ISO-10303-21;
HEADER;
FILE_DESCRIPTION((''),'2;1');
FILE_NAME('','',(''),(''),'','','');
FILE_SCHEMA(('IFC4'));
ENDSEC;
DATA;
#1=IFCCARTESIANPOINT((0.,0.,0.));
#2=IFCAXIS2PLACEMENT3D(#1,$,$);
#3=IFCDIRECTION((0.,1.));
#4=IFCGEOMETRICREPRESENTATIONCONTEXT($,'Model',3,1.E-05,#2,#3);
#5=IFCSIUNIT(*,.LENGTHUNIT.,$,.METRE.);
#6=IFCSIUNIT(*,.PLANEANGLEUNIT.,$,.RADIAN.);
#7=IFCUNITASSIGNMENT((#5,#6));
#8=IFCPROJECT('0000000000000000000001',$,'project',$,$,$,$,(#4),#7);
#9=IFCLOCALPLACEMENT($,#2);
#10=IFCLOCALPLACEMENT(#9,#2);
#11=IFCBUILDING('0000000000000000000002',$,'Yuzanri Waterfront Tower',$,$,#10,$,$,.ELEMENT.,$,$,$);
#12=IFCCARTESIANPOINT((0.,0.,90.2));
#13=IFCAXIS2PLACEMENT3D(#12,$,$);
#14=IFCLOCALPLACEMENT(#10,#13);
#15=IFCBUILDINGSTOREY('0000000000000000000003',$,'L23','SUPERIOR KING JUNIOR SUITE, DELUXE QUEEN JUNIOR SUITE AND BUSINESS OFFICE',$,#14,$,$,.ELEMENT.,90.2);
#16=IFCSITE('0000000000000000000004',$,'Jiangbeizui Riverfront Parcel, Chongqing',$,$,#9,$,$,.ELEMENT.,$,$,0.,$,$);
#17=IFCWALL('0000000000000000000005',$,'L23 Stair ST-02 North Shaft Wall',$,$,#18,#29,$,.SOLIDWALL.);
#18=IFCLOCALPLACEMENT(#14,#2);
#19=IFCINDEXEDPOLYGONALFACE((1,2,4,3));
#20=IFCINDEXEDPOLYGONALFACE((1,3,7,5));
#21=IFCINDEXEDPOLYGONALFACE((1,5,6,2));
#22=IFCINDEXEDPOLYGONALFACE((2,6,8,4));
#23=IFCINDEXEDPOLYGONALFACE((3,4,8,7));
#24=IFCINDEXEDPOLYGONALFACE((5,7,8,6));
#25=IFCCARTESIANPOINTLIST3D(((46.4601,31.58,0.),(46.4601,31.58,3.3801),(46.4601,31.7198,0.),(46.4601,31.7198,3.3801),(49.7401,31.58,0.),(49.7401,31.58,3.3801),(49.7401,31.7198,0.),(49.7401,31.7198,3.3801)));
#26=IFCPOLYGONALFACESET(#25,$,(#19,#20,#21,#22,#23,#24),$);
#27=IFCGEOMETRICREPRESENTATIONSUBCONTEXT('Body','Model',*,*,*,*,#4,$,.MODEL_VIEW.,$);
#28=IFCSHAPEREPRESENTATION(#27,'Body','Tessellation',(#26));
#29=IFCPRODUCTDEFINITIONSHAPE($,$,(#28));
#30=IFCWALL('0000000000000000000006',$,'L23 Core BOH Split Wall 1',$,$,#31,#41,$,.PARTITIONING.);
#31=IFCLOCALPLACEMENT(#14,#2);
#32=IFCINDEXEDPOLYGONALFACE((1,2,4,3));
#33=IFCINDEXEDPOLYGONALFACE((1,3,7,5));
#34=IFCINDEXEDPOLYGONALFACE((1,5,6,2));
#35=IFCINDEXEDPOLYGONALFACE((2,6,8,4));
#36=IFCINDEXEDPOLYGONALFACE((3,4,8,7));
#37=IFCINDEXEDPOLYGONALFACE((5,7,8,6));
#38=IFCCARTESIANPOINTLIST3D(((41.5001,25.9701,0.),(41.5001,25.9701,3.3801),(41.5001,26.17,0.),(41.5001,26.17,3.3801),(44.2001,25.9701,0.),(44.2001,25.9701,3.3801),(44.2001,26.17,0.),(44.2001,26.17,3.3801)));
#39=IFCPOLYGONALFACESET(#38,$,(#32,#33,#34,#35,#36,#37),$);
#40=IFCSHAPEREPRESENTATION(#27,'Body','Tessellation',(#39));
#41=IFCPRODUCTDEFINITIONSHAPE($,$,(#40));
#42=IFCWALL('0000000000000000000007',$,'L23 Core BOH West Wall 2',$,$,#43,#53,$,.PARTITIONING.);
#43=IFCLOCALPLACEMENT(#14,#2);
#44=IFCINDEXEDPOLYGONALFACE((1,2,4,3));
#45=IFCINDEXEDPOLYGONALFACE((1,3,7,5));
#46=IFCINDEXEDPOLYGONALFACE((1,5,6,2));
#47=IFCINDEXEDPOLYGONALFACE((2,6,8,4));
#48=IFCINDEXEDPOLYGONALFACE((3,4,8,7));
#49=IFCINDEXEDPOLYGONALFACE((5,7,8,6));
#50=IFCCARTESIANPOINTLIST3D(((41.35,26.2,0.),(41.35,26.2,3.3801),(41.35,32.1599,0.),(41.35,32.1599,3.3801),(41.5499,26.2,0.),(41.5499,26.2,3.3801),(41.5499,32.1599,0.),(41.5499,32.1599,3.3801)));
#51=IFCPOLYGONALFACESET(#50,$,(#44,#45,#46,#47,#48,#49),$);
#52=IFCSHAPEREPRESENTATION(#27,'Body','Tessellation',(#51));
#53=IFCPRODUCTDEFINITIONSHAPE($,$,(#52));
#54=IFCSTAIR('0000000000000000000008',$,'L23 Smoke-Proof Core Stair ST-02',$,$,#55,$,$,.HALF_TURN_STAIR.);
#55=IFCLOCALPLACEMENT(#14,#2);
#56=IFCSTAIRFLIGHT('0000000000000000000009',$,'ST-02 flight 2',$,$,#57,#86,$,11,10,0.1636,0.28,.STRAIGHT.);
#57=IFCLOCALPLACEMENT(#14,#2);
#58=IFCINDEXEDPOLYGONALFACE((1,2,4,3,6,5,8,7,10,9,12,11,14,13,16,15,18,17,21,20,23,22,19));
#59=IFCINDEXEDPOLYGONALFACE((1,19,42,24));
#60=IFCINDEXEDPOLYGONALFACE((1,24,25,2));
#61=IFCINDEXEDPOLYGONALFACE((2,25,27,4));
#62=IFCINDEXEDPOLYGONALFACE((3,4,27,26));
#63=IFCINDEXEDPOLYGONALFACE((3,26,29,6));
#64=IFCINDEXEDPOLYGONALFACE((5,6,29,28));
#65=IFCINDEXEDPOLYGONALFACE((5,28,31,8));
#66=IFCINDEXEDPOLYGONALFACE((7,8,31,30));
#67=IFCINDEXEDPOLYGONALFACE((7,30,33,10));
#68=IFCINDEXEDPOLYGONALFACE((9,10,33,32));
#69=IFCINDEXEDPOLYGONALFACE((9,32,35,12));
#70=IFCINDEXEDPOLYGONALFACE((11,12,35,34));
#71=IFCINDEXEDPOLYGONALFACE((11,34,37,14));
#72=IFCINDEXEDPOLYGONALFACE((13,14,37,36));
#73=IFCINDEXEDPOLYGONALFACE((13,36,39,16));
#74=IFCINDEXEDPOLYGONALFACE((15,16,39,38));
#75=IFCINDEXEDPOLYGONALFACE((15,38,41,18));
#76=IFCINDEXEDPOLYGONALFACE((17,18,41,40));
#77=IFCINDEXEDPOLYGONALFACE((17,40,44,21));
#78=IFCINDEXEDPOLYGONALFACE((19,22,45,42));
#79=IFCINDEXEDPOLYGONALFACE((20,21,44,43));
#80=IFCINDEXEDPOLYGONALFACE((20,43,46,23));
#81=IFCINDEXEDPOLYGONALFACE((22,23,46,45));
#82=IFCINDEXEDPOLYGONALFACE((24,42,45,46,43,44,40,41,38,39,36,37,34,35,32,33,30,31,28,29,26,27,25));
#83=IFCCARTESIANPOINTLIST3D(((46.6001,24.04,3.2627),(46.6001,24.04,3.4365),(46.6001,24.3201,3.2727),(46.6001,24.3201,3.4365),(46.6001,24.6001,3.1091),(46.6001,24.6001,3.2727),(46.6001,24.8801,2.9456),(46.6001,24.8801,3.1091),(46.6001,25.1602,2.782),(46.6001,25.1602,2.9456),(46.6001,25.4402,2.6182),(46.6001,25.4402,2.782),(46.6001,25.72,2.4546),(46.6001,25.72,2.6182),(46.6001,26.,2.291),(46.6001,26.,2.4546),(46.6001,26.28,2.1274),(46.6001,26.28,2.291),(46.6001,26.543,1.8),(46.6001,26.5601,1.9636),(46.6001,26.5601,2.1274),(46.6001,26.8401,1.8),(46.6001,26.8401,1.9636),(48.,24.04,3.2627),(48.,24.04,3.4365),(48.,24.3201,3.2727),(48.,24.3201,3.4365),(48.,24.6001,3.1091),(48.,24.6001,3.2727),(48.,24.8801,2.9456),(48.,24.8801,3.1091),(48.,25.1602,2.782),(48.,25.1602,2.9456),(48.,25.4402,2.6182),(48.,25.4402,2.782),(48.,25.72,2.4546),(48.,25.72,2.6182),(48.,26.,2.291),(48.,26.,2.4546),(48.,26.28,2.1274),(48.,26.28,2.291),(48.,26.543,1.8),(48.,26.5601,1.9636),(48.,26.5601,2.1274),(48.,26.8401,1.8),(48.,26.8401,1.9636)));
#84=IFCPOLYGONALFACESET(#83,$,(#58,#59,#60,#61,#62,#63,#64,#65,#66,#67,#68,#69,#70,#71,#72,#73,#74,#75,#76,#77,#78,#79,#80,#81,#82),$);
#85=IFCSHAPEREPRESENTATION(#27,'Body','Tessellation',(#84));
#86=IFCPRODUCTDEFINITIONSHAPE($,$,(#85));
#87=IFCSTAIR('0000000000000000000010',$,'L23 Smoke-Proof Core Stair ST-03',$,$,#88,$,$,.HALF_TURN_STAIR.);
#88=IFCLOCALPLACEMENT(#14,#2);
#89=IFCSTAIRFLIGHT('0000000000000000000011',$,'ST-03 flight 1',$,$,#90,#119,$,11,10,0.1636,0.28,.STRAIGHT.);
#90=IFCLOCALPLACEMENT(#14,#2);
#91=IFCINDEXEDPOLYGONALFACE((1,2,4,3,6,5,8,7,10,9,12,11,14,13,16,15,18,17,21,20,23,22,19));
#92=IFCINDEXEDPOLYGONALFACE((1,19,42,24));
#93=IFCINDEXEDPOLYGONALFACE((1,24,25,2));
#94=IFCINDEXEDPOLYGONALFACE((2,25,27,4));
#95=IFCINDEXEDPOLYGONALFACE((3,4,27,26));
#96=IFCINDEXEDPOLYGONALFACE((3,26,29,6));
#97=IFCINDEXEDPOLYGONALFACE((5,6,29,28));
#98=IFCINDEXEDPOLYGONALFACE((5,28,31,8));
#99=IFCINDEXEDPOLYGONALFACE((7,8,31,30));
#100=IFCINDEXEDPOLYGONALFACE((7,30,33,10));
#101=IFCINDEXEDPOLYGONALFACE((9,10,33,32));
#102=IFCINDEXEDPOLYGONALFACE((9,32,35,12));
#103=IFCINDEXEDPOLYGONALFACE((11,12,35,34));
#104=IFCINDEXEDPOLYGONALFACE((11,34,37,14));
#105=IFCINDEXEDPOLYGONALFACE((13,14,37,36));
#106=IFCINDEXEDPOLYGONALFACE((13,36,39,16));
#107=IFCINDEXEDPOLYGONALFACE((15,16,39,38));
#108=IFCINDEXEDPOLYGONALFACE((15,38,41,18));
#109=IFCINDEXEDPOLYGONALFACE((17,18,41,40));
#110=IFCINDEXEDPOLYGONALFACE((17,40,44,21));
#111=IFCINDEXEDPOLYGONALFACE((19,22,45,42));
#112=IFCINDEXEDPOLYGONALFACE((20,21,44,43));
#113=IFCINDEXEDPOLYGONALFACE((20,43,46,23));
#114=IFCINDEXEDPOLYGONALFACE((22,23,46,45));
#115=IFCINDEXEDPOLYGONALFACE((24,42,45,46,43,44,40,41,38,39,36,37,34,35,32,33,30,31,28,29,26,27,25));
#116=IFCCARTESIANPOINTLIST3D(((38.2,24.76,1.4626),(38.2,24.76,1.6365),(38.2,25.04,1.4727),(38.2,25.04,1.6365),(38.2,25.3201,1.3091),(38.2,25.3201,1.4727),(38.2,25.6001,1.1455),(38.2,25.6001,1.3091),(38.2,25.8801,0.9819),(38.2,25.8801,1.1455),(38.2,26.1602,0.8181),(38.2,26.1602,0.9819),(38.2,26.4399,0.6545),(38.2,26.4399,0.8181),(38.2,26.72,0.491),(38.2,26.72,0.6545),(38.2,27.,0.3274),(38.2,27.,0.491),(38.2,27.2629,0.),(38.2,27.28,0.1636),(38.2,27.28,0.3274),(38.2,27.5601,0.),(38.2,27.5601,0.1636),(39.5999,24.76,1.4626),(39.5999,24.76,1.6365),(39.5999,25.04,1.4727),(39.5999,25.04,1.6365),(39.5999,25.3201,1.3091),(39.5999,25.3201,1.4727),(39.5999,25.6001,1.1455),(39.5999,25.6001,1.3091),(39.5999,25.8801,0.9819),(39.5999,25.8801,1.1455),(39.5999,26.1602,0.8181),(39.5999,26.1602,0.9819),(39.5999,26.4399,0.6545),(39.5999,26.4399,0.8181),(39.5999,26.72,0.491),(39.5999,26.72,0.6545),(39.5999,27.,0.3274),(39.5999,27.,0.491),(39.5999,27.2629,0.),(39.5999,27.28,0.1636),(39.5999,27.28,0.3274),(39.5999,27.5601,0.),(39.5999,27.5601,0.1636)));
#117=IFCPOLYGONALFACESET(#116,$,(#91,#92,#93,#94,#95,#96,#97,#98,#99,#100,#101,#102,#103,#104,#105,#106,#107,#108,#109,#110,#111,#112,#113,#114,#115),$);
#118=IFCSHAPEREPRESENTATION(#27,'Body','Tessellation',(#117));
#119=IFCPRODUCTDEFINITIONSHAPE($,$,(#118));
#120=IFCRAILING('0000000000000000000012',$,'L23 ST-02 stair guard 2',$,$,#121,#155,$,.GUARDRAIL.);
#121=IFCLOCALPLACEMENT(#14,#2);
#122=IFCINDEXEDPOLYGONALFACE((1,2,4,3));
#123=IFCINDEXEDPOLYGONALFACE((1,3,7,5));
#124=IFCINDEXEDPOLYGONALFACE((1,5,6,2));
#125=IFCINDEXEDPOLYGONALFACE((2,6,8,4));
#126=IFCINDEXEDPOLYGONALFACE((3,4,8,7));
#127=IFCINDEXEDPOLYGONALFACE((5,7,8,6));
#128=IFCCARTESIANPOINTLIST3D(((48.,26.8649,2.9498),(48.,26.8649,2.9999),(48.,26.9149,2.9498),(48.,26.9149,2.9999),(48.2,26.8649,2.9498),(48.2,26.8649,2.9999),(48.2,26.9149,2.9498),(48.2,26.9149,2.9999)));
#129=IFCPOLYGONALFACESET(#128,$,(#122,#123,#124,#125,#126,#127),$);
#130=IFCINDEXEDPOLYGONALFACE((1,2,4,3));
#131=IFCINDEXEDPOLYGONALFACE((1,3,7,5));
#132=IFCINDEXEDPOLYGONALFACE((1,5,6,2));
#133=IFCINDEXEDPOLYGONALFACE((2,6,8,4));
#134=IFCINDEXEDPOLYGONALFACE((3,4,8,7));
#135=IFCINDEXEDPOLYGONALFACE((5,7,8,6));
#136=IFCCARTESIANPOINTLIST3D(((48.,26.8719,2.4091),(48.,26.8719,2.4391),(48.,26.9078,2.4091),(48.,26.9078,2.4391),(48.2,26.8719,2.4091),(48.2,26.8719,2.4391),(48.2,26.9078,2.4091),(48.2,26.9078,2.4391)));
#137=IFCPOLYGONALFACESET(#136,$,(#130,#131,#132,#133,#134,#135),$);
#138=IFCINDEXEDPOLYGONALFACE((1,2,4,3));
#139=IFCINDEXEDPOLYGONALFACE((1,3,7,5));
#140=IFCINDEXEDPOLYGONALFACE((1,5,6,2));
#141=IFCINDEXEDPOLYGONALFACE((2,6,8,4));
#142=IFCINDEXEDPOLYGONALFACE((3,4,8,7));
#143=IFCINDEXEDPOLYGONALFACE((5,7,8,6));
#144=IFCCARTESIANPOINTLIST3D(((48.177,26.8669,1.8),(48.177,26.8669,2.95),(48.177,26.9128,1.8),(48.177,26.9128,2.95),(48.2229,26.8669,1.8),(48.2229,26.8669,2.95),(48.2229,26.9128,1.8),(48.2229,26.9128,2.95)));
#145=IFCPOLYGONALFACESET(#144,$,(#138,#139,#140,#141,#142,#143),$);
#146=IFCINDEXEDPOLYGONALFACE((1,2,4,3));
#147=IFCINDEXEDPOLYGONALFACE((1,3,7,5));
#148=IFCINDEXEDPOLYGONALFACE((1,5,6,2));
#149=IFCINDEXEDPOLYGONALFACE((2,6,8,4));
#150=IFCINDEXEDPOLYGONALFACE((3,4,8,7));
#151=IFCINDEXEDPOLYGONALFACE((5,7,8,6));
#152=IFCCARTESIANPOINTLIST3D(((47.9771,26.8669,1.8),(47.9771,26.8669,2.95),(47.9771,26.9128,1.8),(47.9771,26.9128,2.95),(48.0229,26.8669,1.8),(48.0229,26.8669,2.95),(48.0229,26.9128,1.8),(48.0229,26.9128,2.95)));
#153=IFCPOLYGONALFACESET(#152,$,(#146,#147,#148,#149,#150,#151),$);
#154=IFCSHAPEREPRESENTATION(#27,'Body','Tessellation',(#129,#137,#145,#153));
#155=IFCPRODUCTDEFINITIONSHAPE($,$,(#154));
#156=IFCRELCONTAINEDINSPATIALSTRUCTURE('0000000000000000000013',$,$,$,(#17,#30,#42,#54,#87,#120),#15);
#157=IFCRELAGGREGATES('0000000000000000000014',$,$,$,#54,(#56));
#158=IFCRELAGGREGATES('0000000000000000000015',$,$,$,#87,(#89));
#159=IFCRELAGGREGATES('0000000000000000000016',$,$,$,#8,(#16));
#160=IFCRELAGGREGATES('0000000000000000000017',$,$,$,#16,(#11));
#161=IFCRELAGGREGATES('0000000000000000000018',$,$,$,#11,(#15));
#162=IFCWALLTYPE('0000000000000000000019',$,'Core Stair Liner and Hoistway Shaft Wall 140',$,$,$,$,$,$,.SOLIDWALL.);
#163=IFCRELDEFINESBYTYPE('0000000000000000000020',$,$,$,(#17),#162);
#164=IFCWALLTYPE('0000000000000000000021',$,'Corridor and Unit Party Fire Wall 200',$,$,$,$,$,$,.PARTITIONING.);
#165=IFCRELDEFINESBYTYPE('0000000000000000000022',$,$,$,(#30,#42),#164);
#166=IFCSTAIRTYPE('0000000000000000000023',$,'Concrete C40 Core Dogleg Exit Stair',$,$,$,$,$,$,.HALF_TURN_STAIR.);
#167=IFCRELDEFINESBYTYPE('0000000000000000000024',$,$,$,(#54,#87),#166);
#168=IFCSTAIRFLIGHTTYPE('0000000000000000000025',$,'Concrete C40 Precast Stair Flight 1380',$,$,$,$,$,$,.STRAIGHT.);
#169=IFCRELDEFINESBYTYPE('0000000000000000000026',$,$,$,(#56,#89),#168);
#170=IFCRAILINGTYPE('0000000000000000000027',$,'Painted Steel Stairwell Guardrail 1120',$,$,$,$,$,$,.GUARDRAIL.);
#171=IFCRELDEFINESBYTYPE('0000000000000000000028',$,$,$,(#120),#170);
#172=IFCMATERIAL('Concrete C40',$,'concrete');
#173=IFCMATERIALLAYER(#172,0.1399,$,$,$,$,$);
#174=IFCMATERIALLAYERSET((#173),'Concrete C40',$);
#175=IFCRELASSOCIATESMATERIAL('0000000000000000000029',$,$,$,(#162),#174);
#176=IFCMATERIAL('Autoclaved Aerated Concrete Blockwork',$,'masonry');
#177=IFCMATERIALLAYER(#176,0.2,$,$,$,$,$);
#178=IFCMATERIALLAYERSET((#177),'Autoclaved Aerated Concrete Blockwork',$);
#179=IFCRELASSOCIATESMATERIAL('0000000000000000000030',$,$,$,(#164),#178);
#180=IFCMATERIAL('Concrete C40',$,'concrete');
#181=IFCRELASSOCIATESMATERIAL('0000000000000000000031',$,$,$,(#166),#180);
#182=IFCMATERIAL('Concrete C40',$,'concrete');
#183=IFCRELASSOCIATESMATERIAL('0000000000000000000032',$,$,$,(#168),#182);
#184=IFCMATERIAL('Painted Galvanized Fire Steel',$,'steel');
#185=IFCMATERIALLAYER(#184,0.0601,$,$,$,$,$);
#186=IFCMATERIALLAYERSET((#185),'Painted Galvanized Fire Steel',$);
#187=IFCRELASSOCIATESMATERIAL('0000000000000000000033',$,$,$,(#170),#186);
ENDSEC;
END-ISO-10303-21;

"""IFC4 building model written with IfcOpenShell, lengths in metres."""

from ifc_helpers import new_model, si_unit, direction, frame, frame_2d, origin, origin_2d, place, context, subcontext, project, spatial, polyline, rectangle, outline, extrude, source, transform, mapped, material, layer, layer_set, type_object, element, aggregate, save


model = new_model("IFC4")

# Units and contexts
model_context = context("Model", 3, precision=1e-05, world=origin(), true_north=direction((0.0, 1.0)))
body_context = subcontext(model_context, "Body", "Model", "MODEL_VIEW")
ifc_project = project(units=[si_unit("LENGTHUNIT", "METRE"), si_unit("PLANEANGLEUNIT", "RADIAN")], contexts=[model_context])

# Site, building, storey
site_placement = place(None, origin())
site = spatial("IfcSite", under=ifc_project, at=site_placement, Name="Jiangbeizui Riverfront Parcel, Chongqing", CompositionType="ELEMENT", RefElevation=0.0)
building_placement = place(site_placement, origin())
building = spatial("IfcBuilding", under=site, at=building_placement, Name="Yuzanri Waterfront Tower", CompositionType="ELEMENT")
storey_placement = place(building_placement, frame((0.0, 0.0, 90.2)))
storey = spatial("IfcBuildingStorey", under=building, at=storey_placement, Name="L23", Description="SUPERIOR KING JUNIOR SUITE, DELUXE QUEEN JUNIOR SUITE AND BUSINESS OFFICE", CompositionType="ELEMENT", Elevation=90.2)

# Shared definitions
ifc_material_1 = material(Name="Concrete C40", Category="concrete")
ifc_layer_1 = layer(ifc_material_1, 0.1399)
ifc_layer_set_1 = layer_set([ifc_layer_1], Name="Concrete C40")
wall_type_1 = type_object("IfcWallType", Name="Core Stair Liner and Hoistway Shaft Wall 140", PredefinedType="SOLIDWALL", material=ifc_layer_set_1)

# Walls
shared_shape_1 = source(origin(), body_context, "Body", "SweptSolid", [
    extrude(rectangle(XDim=3.28, YDim=0.1399, at=frame_2d((1.6401, 0.0))), origin(), (0.0, 0.0, 1.0), 3.3801),
])
wall_1_placement = place(storey_placement, frame((46.46, 31.6499, 0.0), z_axis=(0.0, 0.0, 1.0), x_axis=(1.0, 0.0, 0.0)))
element("IfcWall", 1, at=wall_1_placement, inside=storey, type_object=wall_type_1, Name="L23 Stair ST-02 North Shaft Wall", PredefinedType="SOLIDWALL", context=body_context, shape_type="MappedRepresentation", body=[
    mapped(shared_shape_1, transform((0.0, 0.0, 0.0), scale=1.0)),
])
ifc_material_2 = material(Name="Autoclaved Aerated Concrete Blockwork", Category="masonry")
ifc_layer_2 = layer(ifc_material_2, 0.2)
ifc_layer_set_2 = layer_set([ifc_layer_2], Name="Autoclaved Aerated Concrete Blockwork")
wall_type_2 = type_object("IfcWallType", Name="Corridor and Unit Party Fire Wall 200", PredefinedType="PARTITIONING", material=ifc_layer_set_2)
shared_shape_2 = source(origin(), body_context, "Body", "SweptSolid", [
    extrude(rectangle(XDim=2.7, YDim=0.2, at=frame_2d((1.3501, 0.0))), origin(), (0.0, 0.0, 1.0), 3.3801),
])
wall_2_placement = place(storey_placement, frame((41.5, 26.0701, 0.0), z_axis=(0.0, 0.0, 1.0), x_axis=(1.0, 0.0, 0.0)))
element("IfcWall", 2, at=wall_2_placement, inside=storey, type_object=wall_type_2, Name="L23 Core BOH Split Wall 1", PredefinedType="PARTITIONING", context=body_context, shape_type="MappedRepresentation", body=[
    mapped(shared_shape_2, transform((0.0, 0.0, 0.0), scale=1.0)),
])
shared_shape_3 = source(origin(), body_context, "Body", "SweptSolid", [
    extrude(rectangle(XDim=5.96, YDim=0.2, at=frame_2d((2.98, 0.0))), origin(), (0.0, 0.0, 1.0), 3.3801),
])
wall_3_placement = place(storey_placement, frame((41.45, 26.2, 0.0), z_axis=(0.0, 0.0, 1.0), x_axis=(0.0, 1.0, 0.0)))
element("IfcWall", 3, at=wall_3_placement, inside=storey, type_object=wall_type_2, Name="L23 Core BOH West Wall 2", PredefinedType="PARTITIONING", context=body_context, shape_type="MappedRepresentation", body=[
    mapped(shared_shape_3, transform((0.0, 0.0, 0.0), scale=1.0)),
])

# Stairs, stair flights
ifc_material_3 = material(Name="Concrete C40", Category="concrete")
stair_type = type_object("IfcStairType", Name="Concrete C40 Core Dogleg Exit Stair", PredefinedType="HALF_TURN_STAIR", material=ifc_material_3)
stair_1_placement = place(storey_placement, origin())
stair_1 = element("IfcStair", 4, at=stair_1_placement, inside=storey, type_object=stair_type, Name="L23 Smoke-Proof Core Stair ST-02", PredefinedType="HALF_TURN_STAIR")
ifc_material_4 = material(Name="Concrete C40", Category="concrete")
stair_flight_type = type_object("IfcStairFlightType", Name="Concrete C40 Precast Stair Flight 1380", PredefinedType="STRAIGHT", material=ifc_material_4)
shared_shape_4 = source(origin(), body_context, "Body", "SweptSolid", [
    extrude(outline(polyline([(0.0, 0.0), (0.0, 0.1636), (0.28, 0.1636), (0.28, 0.3274), (0.5601, 0.3274), (0.5601, 0.491), (0.8401, 0.491), (0.8401, 0.6545), (1.1201, 0.6545), (1.1201, 0.8181), (1.3999, 0.8181), (1.3999, 0.9819), (1.6799, 0.9819), (1.6799, 1.1455), (1.96, 1.1455), (1.96, 1.3091), (2.24, 1.3091), (2.24, 1.4727), (2.52, 1.4727), (2.52, 1.6365), (2.8, 1.6365), (2.8, 1.8), (2.8, 1.4626), (0.2971, 0.0), (0.0, 0.0)])), frame((0.0, 0.7, 0.0), z_axis=(0.0, -1.0, 0.0), x_axis=(1.0, 0.0, 0.0)), (0.0, 0.0, 1.0), 1.3999),
])
stair_flight_1_placement = place(storey_placement, frame((47.3, 26.8401, 1.8), z_axis=(0.0, 0.0, 1.0), x_axis=(0.0, -1.0, 0.0)))
stair_flight_1 = element("IfcStairFlight", 5, at=stair_flight_1_placement, type_object=stair_flight_type, Name="ST-02 flight 2", NumberOfRisers=11, NumberOfTreads=10, PredefinedType="STRAIGHT", RiserHeight=0.1636, TreadLength=0.28, context=body_context, shape_type="MappedRepresentation", body=[
    mapped(shared_shape_4, transform((0.0, 0.0, 0.0), scale=1.0)),
])
aggregate(stair_1, [stair_flight_1])
stair_2_placement = place(storey_placement, origin())
stair_2 = element("IfcStair", 6, at=stair_2_placement, inside=storey, type_object=stair_type, Name="L23 Smoke-Proof Core Stair ST-03", PredefinedType="HALF_TURN_STAIR")
stair_flight_2_placement = place(storey_placement, frame((38.8999, 27.5601, 0.0), z_axis=(0.0, 0.0, 1.0), x_axis=(0.0, -1.0, 0.0)))
stair_flight_2 = element("IfcStairFlight", 7, at=stair_flight_2_placement, type_object=stair_flight_type, Name="ST-03 flight 1", NumberOfRisers=11, NumberOfTreads=10, PredefinedType="STRAIGHT", RiserHeight=0.1636, TreadLength=0.28, context=body_context, shape_type="MappedRepresentation", body=[
    mapped(shared_shape_4, transform((0.0, 0.0, 0.0), scale=1.0)),
])
aggregate(stair_2, [stair_flight_2])

# Railing
ifc_material_5 = material(Name="Painted Galvanized Fire Steel", Category="steel")
ifc_layer_3 = layer(ifc_material_5, 0.0601)
ifc_layer_set_3 = layer_set([ifc_layer_3], Name="Painted Galvanized Fire Steel")
railing_type_1 = type_object("IfcRailingType", Name="Painted Steel Stairwell Guardrail 1120", PredefinedType="GUARDRAIL", material=ifc_layer_set_3)
shared_shape_5 = source(origin(), body_context, "Body", "SweptSolid", [
    extrude(rectangle(XDim=0.05, YDim=0.05, at=origin_2d()), frame((0.0, 0.0, 1.1748), z_axis=(-1.0, 0.0, 0.0), x_axis=(0.0, -1.0, 0.0)), (0.0, 0.0, 1.0), 0.2),
    extrude(rectangle(XDim=0.0359, YDim=0.03, at=origin_2d()), frame((0.0, 0.0, 0.624), z_axis=(-1.0, 0.0, 0.0), x_axis=(0.0, -1.0, 0.0)), (0.0, 0.0, 1.0), 0.2),
    extrude(rectangle(XDim=0.0459, YDim=0.0459, at=origin_2d()), origin(), (0.0, 0.0, 1.0), 1.1499),
    extrude(rectangle(XDim=0.0459, YDim=0.0459, at=origin_2d()), frame((-0.2, 0.0, 0.0)), (0.0, 0.0, 1.0), 1.1499),
])
railing_1_placement = place(storey_placement, frame((48.2, 26.8899, 1.8)))
element("IfcRailing", 8, at=railing_1_placement, inside=storey, type_object=railing_type_1, Name="L23 ST-02 stair guard 2", PredefinedType="GUARDRAIL", context=body_context, shape_type="MappedRepresentation", body=[
    mapped(shared_shape_5, transform((0.0, 0.0, 0.0), scale=1.0)),
])

save(model, "model.ifc")
